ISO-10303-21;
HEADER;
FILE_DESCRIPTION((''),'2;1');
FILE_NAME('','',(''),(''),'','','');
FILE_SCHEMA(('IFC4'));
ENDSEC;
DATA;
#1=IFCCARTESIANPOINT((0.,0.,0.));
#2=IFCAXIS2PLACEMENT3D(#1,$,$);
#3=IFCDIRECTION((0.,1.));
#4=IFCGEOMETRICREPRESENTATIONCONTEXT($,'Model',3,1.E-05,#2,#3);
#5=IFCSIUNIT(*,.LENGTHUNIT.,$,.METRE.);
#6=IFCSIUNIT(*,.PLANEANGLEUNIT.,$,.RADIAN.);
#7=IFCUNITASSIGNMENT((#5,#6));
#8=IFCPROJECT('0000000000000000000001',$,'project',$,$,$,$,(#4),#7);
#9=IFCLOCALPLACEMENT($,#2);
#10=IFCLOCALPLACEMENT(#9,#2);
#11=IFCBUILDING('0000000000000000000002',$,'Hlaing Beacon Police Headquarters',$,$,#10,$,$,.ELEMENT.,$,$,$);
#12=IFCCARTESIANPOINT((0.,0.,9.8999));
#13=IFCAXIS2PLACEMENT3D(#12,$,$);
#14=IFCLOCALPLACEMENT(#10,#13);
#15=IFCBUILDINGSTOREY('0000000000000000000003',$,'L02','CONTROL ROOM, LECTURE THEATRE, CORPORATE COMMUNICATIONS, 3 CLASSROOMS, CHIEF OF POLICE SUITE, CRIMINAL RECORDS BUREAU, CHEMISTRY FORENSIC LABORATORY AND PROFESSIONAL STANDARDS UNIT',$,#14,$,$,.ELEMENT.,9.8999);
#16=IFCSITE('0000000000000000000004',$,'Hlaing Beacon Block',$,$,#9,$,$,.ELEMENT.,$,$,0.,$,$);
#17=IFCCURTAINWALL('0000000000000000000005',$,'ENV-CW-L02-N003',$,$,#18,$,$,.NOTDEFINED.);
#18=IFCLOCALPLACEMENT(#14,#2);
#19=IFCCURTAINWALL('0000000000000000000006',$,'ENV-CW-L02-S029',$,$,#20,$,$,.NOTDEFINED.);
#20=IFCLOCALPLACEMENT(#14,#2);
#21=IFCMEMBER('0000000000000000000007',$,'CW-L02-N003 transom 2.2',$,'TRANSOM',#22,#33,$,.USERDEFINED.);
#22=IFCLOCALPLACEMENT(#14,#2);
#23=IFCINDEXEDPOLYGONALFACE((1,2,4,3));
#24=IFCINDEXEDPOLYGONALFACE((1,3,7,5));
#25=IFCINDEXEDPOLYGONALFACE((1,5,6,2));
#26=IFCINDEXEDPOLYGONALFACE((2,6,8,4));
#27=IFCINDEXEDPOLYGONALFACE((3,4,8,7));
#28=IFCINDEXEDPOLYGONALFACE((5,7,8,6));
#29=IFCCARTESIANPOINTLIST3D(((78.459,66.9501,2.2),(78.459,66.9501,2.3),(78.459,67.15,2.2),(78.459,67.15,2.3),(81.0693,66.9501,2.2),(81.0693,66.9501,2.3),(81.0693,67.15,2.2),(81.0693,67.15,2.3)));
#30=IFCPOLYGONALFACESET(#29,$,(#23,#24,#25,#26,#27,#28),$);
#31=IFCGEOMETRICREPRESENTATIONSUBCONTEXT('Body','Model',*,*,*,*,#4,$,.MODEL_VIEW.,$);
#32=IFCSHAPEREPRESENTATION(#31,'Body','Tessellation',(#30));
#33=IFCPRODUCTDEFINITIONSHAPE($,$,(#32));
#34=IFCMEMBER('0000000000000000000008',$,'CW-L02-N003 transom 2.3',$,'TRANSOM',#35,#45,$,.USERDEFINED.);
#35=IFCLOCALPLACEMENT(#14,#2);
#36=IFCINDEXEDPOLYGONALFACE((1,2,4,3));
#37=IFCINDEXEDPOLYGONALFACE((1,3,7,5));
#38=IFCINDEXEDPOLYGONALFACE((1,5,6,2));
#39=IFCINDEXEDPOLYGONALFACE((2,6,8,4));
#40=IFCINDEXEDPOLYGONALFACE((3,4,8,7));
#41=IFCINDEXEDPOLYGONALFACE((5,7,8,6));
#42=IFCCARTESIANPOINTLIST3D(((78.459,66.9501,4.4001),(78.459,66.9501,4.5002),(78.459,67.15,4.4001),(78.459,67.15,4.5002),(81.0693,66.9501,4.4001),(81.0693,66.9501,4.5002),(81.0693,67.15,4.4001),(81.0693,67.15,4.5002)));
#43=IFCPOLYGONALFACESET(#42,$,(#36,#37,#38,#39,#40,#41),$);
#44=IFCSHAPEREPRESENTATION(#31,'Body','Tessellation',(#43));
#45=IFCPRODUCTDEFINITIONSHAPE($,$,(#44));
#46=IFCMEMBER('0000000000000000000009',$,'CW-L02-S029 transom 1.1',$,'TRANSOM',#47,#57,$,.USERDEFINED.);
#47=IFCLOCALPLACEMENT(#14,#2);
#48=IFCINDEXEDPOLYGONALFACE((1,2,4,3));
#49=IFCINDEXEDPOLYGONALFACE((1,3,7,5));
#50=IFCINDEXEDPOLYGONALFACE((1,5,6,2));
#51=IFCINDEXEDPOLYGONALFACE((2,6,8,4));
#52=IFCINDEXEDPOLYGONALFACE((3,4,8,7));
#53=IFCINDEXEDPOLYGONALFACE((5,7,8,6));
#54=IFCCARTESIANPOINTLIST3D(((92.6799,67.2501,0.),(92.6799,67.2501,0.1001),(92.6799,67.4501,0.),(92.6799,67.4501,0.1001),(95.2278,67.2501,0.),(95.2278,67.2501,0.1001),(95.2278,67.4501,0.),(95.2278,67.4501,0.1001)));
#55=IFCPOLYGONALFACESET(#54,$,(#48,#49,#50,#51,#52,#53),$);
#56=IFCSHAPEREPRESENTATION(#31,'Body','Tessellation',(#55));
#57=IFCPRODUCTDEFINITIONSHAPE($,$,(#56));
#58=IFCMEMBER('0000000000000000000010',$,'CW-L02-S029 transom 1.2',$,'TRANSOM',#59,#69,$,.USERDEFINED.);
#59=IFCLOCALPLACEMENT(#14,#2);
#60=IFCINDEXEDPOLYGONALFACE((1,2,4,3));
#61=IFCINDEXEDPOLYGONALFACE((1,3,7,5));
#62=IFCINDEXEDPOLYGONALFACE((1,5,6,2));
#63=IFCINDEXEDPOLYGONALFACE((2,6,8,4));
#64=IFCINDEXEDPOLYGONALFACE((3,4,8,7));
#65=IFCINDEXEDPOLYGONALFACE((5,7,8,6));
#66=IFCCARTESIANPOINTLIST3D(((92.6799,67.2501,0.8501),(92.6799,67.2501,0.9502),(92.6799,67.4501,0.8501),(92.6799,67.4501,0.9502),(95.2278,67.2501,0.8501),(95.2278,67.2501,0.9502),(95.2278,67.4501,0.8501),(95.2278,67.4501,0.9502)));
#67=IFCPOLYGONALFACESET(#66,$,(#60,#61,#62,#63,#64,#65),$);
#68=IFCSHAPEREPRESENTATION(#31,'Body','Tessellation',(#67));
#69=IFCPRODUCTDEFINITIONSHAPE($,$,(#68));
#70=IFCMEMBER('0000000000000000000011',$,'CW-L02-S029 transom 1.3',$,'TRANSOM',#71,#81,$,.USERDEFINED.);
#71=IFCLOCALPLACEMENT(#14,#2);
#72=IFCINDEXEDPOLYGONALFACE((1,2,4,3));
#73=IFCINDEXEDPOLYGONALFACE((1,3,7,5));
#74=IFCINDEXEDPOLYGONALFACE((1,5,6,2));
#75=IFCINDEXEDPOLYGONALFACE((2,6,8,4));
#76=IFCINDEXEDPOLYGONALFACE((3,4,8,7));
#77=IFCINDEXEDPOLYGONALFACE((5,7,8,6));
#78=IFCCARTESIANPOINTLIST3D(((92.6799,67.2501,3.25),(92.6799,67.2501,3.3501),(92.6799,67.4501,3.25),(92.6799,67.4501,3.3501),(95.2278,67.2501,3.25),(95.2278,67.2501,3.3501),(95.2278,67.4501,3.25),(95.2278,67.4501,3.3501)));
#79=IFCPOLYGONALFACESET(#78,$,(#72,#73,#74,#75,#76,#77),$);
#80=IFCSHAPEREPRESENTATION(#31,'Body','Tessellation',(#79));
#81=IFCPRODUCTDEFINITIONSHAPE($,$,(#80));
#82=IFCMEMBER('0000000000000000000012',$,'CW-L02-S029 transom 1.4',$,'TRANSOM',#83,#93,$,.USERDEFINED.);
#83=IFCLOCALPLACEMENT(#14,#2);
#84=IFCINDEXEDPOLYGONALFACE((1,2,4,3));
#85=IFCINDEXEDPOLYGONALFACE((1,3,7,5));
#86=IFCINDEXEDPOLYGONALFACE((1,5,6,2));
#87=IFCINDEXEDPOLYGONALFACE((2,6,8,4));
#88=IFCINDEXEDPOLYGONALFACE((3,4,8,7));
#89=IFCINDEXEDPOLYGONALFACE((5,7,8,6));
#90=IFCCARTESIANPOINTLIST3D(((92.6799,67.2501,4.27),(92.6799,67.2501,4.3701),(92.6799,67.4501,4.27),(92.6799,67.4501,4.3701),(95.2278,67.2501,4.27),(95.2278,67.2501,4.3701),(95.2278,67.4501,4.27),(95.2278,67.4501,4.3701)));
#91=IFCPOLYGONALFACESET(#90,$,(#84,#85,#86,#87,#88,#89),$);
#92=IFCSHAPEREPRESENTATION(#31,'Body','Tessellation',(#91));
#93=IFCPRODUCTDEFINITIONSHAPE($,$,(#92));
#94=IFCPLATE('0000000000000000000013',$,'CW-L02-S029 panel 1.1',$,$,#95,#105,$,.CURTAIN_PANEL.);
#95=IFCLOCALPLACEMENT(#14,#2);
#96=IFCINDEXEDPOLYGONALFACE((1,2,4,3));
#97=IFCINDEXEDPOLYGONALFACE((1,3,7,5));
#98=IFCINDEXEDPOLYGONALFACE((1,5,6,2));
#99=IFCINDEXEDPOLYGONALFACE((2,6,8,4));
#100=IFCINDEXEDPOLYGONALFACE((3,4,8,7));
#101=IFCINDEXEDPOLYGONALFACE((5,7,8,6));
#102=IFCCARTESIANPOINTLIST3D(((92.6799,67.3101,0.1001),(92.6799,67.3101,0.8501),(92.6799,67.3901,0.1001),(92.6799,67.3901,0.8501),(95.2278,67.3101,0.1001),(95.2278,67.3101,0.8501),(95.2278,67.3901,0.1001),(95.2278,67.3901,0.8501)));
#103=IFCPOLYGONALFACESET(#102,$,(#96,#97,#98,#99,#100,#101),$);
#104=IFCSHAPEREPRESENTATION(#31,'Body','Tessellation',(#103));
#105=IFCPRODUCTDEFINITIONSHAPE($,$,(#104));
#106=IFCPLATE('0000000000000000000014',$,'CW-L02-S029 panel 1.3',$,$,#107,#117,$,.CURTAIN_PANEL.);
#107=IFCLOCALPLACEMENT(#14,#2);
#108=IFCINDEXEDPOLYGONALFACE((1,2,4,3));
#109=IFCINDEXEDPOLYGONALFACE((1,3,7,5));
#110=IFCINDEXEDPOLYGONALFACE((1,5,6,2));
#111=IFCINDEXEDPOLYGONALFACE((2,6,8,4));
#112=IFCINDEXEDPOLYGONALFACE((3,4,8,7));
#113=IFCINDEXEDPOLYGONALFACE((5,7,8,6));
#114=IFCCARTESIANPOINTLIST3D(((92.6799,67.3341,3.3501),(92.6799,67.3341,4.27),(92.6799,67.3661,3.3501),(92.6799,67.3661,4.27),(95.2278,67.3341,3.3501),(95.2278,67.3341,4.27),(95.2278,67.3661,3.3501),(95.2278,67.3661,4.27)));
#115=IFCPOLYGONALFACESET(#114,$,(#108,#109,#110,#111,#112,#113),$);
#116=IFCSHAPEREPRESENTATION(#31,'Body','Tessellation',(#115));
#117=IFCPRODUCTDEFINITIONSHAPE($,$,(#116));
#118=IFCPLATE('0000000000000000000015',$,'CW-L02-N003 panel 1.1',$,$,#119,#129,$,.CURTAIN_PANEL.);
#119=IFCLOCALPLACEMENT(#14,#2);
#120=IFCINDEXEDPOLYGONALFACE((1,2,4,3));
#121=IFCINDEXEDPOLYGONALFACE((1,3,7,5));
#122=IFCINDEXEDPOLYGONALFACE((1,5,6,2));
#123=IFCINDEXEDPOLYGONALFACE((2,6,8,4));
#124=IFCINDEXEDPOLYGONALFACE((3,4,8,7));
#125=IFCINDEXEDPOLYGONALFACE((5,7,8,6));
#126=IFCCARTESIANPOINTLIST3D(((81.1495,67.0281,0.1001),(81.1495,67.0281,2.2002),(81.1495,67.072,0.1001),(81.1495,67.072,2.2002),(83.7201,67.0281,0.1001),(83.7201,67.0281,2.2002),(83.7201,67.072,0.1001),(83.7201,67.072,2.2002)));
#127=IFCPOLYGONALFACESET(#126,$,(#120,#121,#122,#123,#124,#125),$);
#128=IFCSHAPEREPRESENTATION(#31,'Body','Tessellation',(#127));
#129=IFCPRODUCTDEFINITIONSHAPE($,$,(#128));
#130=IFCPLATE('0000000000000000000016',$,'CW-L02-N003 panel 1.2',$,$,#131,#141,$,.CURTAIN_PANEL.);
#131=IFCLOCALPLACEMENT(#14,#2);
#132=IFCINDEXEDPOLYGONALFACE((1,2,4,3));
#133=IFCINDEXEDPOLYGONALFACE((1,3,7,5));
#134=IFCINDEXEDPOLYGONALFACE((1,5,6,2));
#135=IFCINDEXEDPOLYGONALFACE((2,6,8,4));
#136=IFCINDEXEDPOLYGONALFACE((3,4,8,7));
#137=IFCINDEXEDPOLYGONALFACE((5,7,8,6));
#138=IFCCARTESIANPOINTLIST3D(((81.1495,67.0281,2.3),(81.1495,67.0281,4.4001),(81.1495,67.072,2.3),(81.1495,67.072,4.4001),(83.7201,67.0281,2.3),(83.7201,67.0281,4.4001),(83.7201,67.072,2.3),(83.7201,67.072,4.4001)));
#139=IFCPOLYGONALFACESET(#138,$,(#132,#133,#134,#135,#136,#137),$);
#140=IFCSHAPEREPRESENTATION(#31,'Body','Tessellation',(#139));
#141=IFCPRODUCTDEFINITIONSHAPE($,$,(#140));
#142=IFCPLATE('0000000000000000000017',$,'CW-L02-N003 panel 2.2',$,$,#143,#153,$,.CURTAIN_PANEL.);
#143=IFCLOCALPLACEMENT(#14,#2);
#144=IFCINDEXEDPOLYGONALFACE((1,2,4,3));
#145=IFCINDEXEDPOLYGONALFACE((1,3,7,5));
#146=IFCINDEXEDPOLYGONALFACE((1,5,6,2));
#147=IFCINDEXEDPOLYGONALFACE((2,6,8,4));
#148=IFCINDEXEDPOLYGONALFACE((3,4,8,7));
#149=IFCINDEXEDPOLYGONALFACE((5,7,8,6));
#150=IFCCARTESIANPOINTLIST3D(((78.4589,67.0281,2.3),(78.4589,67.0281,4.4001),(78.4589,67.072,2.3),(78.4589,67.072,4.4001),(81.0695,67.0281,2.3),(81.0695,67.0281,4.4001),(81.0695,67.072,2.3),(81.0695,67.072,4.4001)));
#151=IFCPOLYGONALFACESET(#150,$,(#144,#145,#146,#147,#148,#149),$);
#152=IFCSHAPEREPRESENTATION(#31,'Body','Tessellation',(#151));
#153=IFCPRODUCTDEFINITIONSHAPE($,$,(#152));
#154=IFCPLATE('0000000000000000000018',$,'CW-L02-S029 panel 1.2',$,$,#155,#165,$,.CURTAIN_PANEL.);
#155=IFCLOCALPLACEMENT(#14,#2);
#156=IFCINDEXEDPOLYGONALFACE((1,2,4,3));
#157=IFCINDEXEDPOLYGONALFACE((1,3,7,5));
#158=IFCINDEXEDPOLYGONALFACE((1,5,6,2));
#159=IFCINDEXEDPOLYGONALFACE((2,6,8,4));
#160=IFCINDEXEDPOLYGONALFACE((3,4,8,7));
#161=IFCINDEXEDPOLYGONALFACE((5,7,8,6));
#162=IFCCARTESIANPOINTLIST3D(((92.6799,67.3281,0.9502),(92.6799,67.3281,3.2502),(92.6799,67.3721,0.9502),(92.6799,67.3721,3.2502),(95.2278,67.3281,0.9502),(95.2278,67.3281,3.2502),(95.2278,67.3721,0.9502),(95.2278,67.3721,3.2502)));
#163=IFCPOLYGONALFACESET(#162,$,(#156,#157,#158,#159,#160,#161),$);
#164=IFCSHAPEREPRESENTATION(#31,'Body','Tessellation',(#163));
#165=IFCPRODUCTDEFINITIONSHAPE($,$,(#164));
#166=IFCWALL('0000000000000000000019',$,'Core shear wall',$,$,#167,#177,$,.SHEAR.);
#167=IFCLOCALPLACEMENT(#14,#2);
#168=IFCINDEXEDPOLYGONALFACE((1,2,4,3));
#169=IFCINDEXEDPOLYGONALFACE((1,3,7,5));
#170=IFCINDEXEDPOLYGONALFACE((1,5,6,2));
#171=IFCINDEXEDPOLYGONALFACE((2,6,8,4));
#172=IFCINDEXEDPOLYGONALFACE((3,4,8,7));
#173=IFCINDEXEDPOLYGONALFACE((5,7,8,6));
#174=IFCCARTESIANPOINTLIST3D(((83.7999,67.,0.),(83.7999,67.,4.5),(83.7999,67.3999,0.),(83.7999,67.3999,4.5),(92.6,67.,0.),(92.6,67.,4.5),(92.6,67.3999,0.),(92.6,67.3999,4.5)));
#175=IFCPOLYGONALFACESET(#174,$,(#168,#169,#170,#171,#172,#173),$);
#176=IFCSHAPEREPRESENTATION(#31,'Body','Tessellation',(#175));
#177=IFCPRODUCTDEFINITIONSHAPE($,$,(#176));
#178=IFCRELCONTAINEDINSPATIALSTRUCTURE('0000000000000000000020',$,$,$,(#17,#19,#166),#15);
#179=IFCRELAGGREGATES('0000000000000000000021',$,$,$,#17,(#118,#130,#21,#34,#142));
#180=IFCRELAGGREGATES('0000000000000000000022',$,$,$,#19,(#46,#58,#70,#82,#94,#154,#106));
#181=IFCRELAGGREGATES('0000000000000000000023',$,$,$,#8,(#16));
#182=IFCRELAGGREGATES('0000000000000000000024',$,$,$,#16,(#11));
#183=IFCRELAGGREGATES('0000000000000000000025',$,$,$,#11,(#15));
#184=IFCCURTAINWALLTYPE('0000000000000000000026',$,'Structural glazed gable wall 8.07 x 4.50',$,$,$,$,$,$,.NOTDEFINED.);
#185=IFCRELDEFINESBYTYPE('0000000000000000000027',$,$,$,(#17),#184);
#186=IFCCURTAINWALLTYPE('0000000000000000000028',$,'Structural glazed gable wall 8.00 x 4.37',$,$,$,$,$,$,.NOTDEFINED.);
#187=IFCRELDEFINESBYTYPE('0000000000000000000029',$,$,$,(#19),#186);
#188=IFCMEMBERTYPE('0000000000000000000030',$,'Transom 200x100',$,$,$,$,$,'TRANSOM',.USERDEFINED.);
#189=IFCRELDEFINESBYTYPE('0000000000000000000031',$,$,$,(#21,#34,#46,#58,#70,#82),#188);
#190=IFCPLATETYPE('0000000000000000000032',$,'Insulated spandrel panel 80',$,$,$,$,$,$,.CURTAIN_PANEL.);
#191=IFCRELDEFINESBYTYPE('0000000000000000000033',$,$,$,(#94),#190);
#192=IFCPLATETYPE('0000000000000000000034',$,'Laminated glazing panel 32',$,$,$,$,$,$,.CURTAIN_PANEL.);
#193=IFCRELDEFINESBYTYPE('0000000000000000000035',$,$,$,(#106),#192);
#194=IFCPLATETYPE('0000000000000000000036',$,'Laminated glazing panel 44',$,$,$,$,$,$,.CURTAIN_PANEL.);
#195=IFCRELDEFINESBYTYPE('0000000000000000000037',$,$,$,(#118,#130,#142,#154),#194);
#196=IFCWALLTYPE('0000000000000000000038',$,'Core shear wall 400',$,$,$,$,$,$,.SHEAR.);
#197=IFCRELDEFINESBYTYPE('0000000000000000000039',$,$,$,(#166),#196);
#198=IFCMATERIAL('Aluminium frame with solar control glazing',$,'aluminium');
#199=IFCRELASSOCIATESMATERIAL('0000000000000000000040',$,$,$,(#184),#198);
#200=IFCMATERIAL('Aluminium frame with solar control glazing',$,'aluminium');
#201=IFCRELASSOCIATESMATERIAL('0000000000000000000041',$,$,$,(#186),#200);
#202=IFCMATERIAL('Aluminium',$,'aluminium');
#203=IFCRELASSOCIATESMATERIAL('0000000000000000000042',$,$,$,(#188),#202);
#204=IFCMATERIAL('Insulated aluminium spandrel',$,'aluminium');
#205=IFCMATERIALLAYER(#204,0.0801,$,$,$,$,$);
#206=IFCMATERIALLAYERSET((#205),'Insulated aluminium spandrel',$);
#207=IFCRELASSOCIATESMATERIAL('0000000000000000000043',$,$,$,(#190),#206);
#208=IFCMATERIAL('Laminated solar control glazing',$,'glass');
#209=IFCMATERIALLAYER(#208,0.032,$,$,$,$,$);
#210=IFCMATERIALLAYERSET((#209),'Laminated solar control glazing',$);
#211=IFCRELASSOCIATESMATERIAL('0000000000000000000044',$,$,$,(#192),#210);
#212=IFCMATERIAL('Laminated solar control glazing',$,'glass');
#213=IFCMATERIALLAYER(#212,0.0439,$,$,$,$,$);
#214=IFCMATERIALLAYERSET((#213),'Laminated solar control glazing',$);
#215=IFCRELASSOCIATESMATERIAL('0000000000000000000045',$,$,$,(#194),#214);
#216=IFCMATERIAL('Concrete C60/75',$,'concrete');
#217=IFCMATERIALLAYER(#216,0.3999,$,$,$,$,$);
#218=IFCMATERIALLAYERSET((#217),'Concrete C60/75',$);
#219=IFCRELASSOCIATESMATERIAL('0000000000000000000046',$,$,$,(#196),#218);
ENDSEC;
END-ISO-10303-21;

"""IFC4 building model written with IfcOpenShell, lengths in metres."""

from ifc_helpers import new_model, si_unit, direction, frame, frame_2d, origin, origin_2d, place, context, subcontext, project, spatial, rectangle, extrude, material, layer, layer_set, material_profile, profile_set, type_object, element, aggregate, save


model = new_model("IFC4")

# Units and contexts
model_context = context("Model", 3, precision=1e-05, world=origin(), true_north=direction((0.0, 1.0)))
body_context = subcontext(model_context, "Body", "Model", "MODEL_VIEW")
ifc_project = project(units=[si_unit("LENGTHUNIT", "METRE"), si_unit("PLANEANGLEUNIT", "RADIAN")], contexts=[model_context])

# Site, building, storey
site_placement = place(None, origin())
site = spatial("IfcSite", under=ifc_project, at=site_placement, Name="Hlaing Beacon Block", CompositionType="ELEMENT", RefElevation=0.0)
building_placement = place(site_placement, origin())
building = spatial("IfcBuilding", under=site, at=building_placement, Name="Hlaing Beacon Police Headquarters", CompositionType="ELEMENT")
storey_placement = place(building_placement, frame((0.0, 0.0, 9.8999)))
storey = spatial("IfcBuildingStorey", under=building, at=storey_placement, Name="L02", Description="CONTROL ROOM, LECTURE THEATRE, CORPORATE COMMUNICATIONS, 3 CLASSROOMS, CHIEF OF POLICE SUITE, CRIMINAL RECORDS BUREAU, CHEMISTRY FORENSIC LABORATORY AND PROFESSIONAL STANDARDS UNIT", CompositionType="ELEMENT", Elevation=9.8999)

# Curtain wall
ifc_material_1 = material(Name="Aluminium frame with solar control glazing", Category="aluminium")
curtain_wall_type_1 = type_object("IfcCurtainWallType", Name="Structural glazed gable wall 8.07 x 4.50", PredefinedType="NOTDEFINED", material=ifc_material_1)
curtain_wall_1_placement = place(storey_placement, origin())
curtain_wall_1 = element("IfcCurtainWall", 1, at=curtain_wall_1_placement, inside=storey, type_object=curtain_wall_type_1, Name="ENV-CW-L02-N003", PredefinedType="NOTDEFINED")

# Curtain wall
ifc_material_2 = material(Name="Aluminium frame with solar control glazing", Category="aluminium")
curtain_wall_type_2 = type_object("IfcCurtainWallType", Name="Structural glazed gable wall 8.00 x 4.37", PredefinedType="NOTDEFINED", material=ifc_material_2)
curtain_wall_2_placement = place(storey_placement, origin())
curtain_wall_2 = element("IfcCurtainWall", 2, at=curtain_wall_2_placement, inside=storey, type_object=curtain_wall_type_2, Name="ENV-CW-L02-S029", PredefinedType="NOTDEFINED")

# Members
ifc_material_3 = material(Name="Aluminium", Category="aluminium")
ifc_material_profile_1 = material_profile(ifc_material_3, rectangle(XDim=0.2, YDim=0.1001, at=origin_2d()), Name="Transom 200x100")
ifc_profile_set_1 = profile_set([ifc_material_profile_1], Name="Aluminium")
member_type_1 = type_object("IfcMemberType", Name="Transom 200x100", ElementType="TRANSOM", PredefinedType="USERDEFINED", material=ifc_profile_set_1)
member_1_placement = place(storey_placement, frame((81.0693, 67.05, 2.25), z_axis=(-1.0, 0.0, 0.0), x_axis=(0.0, -1.0, 0.0)))
member_1 = element("IfcMember", 3, at=member_1_placement, type_object=member_type_1, Name="CW-L02-N003 transom 2.2", ObjectType="TRANSOM", PredefinedType="USERDEFINED", context=body_context, shape_type="SweptSolid", body=[
    extrude(rectangle(XDim=0.2, YDim=0.1001, at=origin_2d()), origin(), (0.0, 0.0, 1.0), 2.6104),
])
member_2_placement = place(storey_placement, frame((81.0693, 67.05, 4.4502), z_axis=(-1.0, 0.0, 0.0), x_axis=(0.0, -1.0, 0.0)))
member_2 = element("IfcMember", 4, at=member_2_placement, type_object=member_type_1, Name="CW-L02-N003 transom 2.3", ObjectType="TRANSOM", PredefinedType="USERDEFINED", context=body_context, shape_type="SweptSolid", body=[
    extrude(rectangle(XDim=0.2, YDim=0.1001, at=origin_2d()), origin(), (0.0, 0.0, 1.0), 2.6104),
])
member_3_placement = place(storey_placement, frame((92.6799, 67.3501, 0.05), z_axis=(1.0, 0.0, 0.0), x_axis=(0.0, 1.0, 0.0)))
member_3 = element("IfcMember", 5, at=member_3_placement, type_object=member_type_1, Name="CW-L02-S029 transom 1.1", ObjectType="TRANSOM", PredefinedType="USERDEFINED", context=body_context, shape_type="SweptSolid", body=[
    extrude(rectangle(XDim=0.2, YDim=0.1001, at=origin_2d()), origin(), (0.0, 0.0, 1.0), 2.5479),
])
member_4_placement = place(storey_placement, frame((92.6799, 67.3501, 0.9001), z_axis=(1.0, 0.0, 0.0), x_axis=(0.0, 1.0, 0.0)))
member_4 = element("IfcMember", 6, at=member_4_placement, type_object=member_type_1, Name="CW-L02-S029 transom 1.2", ObjectType="TRANSOM", PredefinedType="USERDEFINED", context=body_context, shape_type="SweptSolid", body=[
    extrude(rectangle(XDim=0.2, YDim=0.1001, at=origin_2d()), origin(), (0.0, 0.0, 1.0), 2.5479),
])
member_5_placement = place(storey_placement, frame((92.6799, 67.3501, 3.3), z_axis=(1.0, 0.0, 0.0), x_axis=(0.0, 1.0, 0.0)))
member_5 = element("IfcMember", 7, at=member_5_placement, type_object=member_type_1, Name="CW-L02-S029 transom 1.3", ObjectType="TRANSOM", PredefinedType="USERDEFINED", context=body_context, shape_type="SweptSolid", body=[
    extrude(rectangle(XDim=0.2, YDim=0.1001, at=origin_2d()), origin(), (0.0, 0.0, 1.0), 2.5479),
])
member_6_placement = place(storey_placement, frame((92.6799, 67.3501, 4.3201), z_axis=(1.0, 0.0, 0.0), x_axis=(0.0, 1.0, 0.0)))
member_6 = element("IfcMember", 8, at=member_6_placement, type_object=member_type_1, Name="CW-L02-S029 transom 1.4", ObjectType="TRANSOM", PredefinedType="USERDEFINED", context=body_context, shape_type="SweptSolid", body=[
    extrude(rectangle(XDim=0.2, YDim=0.1001, at=origin_2d()), origin(), (0.0, 0.0, 1.0), 2.5479),
])

# Plates
ifc_material_4 = material(Name="Insulated aluminium spandrel", Category="aluminium")
ifc_layer_1 = layer(ifc_material_4, 0.0801)
ifc_layer_set_1 = layer_set([ifc_layer_1], Name="Insulated aluminium spandrel")
plate_type_1 = type_object("IfcPlateType", Name="Insulated spandrel panel 80", PredefinedType="CURTAIN_PANEL", material=ifc_layer_set_1)
plate_1_placement = place(storey_placement, frame((93.9539, 67.3501, 0.1001), z_axis=(0.0, 0.0, 1.0), x_axis=(1.0, 0.0, 0.0)))
plate_1 = element("IfcPlate", 9, at=plate_1_placement, type_object=plate_type_1, Name="CW-L02-S029 panel 1.1", PredefinedType="CURTAIN_PANEL", context=body_context, shape_type="SweptSolid", body=[
    extrude(rectangle(XDim=2.5479, YDim=0.0801, at=origin_2d()), origin(), (0.0, 0.0, 1.0), 0.75),
])
ifc_material_5 = material(Name="Laminated solar control glazing", Category="glass")
ifc_layer_2 = layer(ifc_material_5, 0.032)
ifc_layer_set_2 = layer_set([ifc_layer_2], Name="Laminated solar control glazing")
plate_type_2 = type_object("IfcPlateType", Name="Laminated glazing panel 32", PredefinedType="CURTAIN_PANEL", material=ifc_layer_set_2)
plate_2_placement = place(storey_placement, frame((93.9539, 67.3501, 3.3501), z_axis=(0.0, 0.0, 1.0), x_axis=(1.0, 0.0, 0.0)))
plate_2 = element("IfcPlate", 10, at=plate_2_placement, type_object=plate_type_2, Name="CW-L02-S029 panel 1.3", PredefinedType="CURTAIN_PANEL", context=body_context, shape_type="SweptSolid", body=[
    extrude(rectangle(XDim=2.5479, YDim=0.032, at=origin_2d()), origin(), (0.0, 0.0, 1.0), 0.9199),
])
ifc_material_6 = material(Name="Laminated solar control glazing", Category="glass")
ifc_layer_3 = layer(ifc_material_6, 0.0439)
ifc_layer_set_3 = layer_set([ifc_layer_3], Name="Laminated solar control glazing")
plate_type_3 = type_object("IfcPlateType", Name="Laminated glazing panel 44", PredefinedType="CURTAIN_PANEL", material=ifc_layer_set_3)
plate_3_placement = place(storey_placement, frame((82.4348, 67.05, 0.1001), z_axis=(0.0, 0.0, 1.0), x_axis=(-1.0, 0.0, 0.0)))
plate_3 = element("IfcPlate", 11, at=plate_3_placement, type_object=plate_type_3, Name="CW-L02-N003 panel 1.1", PredefinedType="CURTAIN_PANEL", context=body_context, shape_type="SweptSolid", body=[
    extrude(rectangle(XDim=2.5706, YDim=0.0439, at=origin_2d()), origin(), (0.0, 0.0, 1.0), 2.1001),
])
plate_4_placement = place(storey_placement, frame((82.4348, 67.05, 2.3), z_axis=(0.0, 0.0, 1.0), x_axis=(-1.0, 0.0, 0.0)))
plate_4 = element("IfcPlate", 12, at=plate_4_placement, type_object=plate_type_3, Name="CW-L02-N003 panel 1.2", PredefinedType="CURTAIN_PANEL", context=body_context, shape_type="SweptSolid", body=[
    extrude(rectangle(XDim=2.5706, YDim=0.0439, at=origin_2d()), origin(), (0.0, 0.0, 1.0), 2.1001),
])
plate_5_placement = place(storey_placement, frame((79.7642, 67.05, 2.3), z_axis=(0.0, 0.0, 1.0), x_axis=(-1.0, 0.0, 0.0)))
plate_5 = element("IfcPlate", 13, at=plate_5_placement, type_object=plate_type_3, Name="CW-L02-N003 panel 2.2", PredefinedType="CURTAIN_PANEL", context=body_context, shape_type="SweptSolid", body=[
    extrude(rectangle(XDim=2.6106, YDim=0.0439, at=origin_2d()), origin(), (0.0, 0.0, 1.0), 2.1001),
])
aggregate(curtain_wall_1, [plate_3, plate_4, member_1, member_2, plate_5])
plate_6_placement = place(storey_placement, frame((93.9539, 67.3501, 0.9502), z_axis=(0.0, 0.0, 1.0), x_axis=(1.0, 0.0, 0.0)))
plate_6 = element("IfcPlate", 14, at=plate_6_placement, type_object=plate_type_3, Name="CW-L02-S029 panel 1.2", PredefinedType="CURTAIN_PANEL", context=body_context, shape_type="SweptSolid", body=[
    extrude(rectangle(XDim=2.5479, YDim=0.0439, at=origin_2d()), origin(), (0.0, 0.0, 1.0), 2.3),
])
aggregate(curtain_wall_2, [member_3, member_4, member_5, member_6, plate_1, plate_6, plate_2])

# Wall
ifc_material_7 = material(Name="Concrete C60/75", Category="concrete")
ifc_layer_4 = layer(ifc_material_7, 0.3999)
ifc_layer_set_4 = layer_set([ifc_layer_4], Name="Concrete C60/75")
wall_type = type_object("IfcWallType", Name="Core shear wall 400", PredefinedType="SHEAR", material=ifc_layer_set_4)
wall_placement = place(storey_placement, frame((83.8, 67.2, 0.0), z_axis=(0.0, 0.0, 1.0), x_axis=(1.0, 0.0, 0.0)))
element("IfcWall", 15, at=wall_placement, inside=storey, type_object=wall_type, Name="Core shear wall", PredefinedType="SHEAR", context=body_context, shape_type="SweptSolid", body=[
    extrude(rectangle(XDim=8.8, YDim=0.3999, at=frame_2d((4.3999, 0.0))), origin(), (0.0, 0.0, 1.0), 4.5),
])

save(model, "model.ifc")
